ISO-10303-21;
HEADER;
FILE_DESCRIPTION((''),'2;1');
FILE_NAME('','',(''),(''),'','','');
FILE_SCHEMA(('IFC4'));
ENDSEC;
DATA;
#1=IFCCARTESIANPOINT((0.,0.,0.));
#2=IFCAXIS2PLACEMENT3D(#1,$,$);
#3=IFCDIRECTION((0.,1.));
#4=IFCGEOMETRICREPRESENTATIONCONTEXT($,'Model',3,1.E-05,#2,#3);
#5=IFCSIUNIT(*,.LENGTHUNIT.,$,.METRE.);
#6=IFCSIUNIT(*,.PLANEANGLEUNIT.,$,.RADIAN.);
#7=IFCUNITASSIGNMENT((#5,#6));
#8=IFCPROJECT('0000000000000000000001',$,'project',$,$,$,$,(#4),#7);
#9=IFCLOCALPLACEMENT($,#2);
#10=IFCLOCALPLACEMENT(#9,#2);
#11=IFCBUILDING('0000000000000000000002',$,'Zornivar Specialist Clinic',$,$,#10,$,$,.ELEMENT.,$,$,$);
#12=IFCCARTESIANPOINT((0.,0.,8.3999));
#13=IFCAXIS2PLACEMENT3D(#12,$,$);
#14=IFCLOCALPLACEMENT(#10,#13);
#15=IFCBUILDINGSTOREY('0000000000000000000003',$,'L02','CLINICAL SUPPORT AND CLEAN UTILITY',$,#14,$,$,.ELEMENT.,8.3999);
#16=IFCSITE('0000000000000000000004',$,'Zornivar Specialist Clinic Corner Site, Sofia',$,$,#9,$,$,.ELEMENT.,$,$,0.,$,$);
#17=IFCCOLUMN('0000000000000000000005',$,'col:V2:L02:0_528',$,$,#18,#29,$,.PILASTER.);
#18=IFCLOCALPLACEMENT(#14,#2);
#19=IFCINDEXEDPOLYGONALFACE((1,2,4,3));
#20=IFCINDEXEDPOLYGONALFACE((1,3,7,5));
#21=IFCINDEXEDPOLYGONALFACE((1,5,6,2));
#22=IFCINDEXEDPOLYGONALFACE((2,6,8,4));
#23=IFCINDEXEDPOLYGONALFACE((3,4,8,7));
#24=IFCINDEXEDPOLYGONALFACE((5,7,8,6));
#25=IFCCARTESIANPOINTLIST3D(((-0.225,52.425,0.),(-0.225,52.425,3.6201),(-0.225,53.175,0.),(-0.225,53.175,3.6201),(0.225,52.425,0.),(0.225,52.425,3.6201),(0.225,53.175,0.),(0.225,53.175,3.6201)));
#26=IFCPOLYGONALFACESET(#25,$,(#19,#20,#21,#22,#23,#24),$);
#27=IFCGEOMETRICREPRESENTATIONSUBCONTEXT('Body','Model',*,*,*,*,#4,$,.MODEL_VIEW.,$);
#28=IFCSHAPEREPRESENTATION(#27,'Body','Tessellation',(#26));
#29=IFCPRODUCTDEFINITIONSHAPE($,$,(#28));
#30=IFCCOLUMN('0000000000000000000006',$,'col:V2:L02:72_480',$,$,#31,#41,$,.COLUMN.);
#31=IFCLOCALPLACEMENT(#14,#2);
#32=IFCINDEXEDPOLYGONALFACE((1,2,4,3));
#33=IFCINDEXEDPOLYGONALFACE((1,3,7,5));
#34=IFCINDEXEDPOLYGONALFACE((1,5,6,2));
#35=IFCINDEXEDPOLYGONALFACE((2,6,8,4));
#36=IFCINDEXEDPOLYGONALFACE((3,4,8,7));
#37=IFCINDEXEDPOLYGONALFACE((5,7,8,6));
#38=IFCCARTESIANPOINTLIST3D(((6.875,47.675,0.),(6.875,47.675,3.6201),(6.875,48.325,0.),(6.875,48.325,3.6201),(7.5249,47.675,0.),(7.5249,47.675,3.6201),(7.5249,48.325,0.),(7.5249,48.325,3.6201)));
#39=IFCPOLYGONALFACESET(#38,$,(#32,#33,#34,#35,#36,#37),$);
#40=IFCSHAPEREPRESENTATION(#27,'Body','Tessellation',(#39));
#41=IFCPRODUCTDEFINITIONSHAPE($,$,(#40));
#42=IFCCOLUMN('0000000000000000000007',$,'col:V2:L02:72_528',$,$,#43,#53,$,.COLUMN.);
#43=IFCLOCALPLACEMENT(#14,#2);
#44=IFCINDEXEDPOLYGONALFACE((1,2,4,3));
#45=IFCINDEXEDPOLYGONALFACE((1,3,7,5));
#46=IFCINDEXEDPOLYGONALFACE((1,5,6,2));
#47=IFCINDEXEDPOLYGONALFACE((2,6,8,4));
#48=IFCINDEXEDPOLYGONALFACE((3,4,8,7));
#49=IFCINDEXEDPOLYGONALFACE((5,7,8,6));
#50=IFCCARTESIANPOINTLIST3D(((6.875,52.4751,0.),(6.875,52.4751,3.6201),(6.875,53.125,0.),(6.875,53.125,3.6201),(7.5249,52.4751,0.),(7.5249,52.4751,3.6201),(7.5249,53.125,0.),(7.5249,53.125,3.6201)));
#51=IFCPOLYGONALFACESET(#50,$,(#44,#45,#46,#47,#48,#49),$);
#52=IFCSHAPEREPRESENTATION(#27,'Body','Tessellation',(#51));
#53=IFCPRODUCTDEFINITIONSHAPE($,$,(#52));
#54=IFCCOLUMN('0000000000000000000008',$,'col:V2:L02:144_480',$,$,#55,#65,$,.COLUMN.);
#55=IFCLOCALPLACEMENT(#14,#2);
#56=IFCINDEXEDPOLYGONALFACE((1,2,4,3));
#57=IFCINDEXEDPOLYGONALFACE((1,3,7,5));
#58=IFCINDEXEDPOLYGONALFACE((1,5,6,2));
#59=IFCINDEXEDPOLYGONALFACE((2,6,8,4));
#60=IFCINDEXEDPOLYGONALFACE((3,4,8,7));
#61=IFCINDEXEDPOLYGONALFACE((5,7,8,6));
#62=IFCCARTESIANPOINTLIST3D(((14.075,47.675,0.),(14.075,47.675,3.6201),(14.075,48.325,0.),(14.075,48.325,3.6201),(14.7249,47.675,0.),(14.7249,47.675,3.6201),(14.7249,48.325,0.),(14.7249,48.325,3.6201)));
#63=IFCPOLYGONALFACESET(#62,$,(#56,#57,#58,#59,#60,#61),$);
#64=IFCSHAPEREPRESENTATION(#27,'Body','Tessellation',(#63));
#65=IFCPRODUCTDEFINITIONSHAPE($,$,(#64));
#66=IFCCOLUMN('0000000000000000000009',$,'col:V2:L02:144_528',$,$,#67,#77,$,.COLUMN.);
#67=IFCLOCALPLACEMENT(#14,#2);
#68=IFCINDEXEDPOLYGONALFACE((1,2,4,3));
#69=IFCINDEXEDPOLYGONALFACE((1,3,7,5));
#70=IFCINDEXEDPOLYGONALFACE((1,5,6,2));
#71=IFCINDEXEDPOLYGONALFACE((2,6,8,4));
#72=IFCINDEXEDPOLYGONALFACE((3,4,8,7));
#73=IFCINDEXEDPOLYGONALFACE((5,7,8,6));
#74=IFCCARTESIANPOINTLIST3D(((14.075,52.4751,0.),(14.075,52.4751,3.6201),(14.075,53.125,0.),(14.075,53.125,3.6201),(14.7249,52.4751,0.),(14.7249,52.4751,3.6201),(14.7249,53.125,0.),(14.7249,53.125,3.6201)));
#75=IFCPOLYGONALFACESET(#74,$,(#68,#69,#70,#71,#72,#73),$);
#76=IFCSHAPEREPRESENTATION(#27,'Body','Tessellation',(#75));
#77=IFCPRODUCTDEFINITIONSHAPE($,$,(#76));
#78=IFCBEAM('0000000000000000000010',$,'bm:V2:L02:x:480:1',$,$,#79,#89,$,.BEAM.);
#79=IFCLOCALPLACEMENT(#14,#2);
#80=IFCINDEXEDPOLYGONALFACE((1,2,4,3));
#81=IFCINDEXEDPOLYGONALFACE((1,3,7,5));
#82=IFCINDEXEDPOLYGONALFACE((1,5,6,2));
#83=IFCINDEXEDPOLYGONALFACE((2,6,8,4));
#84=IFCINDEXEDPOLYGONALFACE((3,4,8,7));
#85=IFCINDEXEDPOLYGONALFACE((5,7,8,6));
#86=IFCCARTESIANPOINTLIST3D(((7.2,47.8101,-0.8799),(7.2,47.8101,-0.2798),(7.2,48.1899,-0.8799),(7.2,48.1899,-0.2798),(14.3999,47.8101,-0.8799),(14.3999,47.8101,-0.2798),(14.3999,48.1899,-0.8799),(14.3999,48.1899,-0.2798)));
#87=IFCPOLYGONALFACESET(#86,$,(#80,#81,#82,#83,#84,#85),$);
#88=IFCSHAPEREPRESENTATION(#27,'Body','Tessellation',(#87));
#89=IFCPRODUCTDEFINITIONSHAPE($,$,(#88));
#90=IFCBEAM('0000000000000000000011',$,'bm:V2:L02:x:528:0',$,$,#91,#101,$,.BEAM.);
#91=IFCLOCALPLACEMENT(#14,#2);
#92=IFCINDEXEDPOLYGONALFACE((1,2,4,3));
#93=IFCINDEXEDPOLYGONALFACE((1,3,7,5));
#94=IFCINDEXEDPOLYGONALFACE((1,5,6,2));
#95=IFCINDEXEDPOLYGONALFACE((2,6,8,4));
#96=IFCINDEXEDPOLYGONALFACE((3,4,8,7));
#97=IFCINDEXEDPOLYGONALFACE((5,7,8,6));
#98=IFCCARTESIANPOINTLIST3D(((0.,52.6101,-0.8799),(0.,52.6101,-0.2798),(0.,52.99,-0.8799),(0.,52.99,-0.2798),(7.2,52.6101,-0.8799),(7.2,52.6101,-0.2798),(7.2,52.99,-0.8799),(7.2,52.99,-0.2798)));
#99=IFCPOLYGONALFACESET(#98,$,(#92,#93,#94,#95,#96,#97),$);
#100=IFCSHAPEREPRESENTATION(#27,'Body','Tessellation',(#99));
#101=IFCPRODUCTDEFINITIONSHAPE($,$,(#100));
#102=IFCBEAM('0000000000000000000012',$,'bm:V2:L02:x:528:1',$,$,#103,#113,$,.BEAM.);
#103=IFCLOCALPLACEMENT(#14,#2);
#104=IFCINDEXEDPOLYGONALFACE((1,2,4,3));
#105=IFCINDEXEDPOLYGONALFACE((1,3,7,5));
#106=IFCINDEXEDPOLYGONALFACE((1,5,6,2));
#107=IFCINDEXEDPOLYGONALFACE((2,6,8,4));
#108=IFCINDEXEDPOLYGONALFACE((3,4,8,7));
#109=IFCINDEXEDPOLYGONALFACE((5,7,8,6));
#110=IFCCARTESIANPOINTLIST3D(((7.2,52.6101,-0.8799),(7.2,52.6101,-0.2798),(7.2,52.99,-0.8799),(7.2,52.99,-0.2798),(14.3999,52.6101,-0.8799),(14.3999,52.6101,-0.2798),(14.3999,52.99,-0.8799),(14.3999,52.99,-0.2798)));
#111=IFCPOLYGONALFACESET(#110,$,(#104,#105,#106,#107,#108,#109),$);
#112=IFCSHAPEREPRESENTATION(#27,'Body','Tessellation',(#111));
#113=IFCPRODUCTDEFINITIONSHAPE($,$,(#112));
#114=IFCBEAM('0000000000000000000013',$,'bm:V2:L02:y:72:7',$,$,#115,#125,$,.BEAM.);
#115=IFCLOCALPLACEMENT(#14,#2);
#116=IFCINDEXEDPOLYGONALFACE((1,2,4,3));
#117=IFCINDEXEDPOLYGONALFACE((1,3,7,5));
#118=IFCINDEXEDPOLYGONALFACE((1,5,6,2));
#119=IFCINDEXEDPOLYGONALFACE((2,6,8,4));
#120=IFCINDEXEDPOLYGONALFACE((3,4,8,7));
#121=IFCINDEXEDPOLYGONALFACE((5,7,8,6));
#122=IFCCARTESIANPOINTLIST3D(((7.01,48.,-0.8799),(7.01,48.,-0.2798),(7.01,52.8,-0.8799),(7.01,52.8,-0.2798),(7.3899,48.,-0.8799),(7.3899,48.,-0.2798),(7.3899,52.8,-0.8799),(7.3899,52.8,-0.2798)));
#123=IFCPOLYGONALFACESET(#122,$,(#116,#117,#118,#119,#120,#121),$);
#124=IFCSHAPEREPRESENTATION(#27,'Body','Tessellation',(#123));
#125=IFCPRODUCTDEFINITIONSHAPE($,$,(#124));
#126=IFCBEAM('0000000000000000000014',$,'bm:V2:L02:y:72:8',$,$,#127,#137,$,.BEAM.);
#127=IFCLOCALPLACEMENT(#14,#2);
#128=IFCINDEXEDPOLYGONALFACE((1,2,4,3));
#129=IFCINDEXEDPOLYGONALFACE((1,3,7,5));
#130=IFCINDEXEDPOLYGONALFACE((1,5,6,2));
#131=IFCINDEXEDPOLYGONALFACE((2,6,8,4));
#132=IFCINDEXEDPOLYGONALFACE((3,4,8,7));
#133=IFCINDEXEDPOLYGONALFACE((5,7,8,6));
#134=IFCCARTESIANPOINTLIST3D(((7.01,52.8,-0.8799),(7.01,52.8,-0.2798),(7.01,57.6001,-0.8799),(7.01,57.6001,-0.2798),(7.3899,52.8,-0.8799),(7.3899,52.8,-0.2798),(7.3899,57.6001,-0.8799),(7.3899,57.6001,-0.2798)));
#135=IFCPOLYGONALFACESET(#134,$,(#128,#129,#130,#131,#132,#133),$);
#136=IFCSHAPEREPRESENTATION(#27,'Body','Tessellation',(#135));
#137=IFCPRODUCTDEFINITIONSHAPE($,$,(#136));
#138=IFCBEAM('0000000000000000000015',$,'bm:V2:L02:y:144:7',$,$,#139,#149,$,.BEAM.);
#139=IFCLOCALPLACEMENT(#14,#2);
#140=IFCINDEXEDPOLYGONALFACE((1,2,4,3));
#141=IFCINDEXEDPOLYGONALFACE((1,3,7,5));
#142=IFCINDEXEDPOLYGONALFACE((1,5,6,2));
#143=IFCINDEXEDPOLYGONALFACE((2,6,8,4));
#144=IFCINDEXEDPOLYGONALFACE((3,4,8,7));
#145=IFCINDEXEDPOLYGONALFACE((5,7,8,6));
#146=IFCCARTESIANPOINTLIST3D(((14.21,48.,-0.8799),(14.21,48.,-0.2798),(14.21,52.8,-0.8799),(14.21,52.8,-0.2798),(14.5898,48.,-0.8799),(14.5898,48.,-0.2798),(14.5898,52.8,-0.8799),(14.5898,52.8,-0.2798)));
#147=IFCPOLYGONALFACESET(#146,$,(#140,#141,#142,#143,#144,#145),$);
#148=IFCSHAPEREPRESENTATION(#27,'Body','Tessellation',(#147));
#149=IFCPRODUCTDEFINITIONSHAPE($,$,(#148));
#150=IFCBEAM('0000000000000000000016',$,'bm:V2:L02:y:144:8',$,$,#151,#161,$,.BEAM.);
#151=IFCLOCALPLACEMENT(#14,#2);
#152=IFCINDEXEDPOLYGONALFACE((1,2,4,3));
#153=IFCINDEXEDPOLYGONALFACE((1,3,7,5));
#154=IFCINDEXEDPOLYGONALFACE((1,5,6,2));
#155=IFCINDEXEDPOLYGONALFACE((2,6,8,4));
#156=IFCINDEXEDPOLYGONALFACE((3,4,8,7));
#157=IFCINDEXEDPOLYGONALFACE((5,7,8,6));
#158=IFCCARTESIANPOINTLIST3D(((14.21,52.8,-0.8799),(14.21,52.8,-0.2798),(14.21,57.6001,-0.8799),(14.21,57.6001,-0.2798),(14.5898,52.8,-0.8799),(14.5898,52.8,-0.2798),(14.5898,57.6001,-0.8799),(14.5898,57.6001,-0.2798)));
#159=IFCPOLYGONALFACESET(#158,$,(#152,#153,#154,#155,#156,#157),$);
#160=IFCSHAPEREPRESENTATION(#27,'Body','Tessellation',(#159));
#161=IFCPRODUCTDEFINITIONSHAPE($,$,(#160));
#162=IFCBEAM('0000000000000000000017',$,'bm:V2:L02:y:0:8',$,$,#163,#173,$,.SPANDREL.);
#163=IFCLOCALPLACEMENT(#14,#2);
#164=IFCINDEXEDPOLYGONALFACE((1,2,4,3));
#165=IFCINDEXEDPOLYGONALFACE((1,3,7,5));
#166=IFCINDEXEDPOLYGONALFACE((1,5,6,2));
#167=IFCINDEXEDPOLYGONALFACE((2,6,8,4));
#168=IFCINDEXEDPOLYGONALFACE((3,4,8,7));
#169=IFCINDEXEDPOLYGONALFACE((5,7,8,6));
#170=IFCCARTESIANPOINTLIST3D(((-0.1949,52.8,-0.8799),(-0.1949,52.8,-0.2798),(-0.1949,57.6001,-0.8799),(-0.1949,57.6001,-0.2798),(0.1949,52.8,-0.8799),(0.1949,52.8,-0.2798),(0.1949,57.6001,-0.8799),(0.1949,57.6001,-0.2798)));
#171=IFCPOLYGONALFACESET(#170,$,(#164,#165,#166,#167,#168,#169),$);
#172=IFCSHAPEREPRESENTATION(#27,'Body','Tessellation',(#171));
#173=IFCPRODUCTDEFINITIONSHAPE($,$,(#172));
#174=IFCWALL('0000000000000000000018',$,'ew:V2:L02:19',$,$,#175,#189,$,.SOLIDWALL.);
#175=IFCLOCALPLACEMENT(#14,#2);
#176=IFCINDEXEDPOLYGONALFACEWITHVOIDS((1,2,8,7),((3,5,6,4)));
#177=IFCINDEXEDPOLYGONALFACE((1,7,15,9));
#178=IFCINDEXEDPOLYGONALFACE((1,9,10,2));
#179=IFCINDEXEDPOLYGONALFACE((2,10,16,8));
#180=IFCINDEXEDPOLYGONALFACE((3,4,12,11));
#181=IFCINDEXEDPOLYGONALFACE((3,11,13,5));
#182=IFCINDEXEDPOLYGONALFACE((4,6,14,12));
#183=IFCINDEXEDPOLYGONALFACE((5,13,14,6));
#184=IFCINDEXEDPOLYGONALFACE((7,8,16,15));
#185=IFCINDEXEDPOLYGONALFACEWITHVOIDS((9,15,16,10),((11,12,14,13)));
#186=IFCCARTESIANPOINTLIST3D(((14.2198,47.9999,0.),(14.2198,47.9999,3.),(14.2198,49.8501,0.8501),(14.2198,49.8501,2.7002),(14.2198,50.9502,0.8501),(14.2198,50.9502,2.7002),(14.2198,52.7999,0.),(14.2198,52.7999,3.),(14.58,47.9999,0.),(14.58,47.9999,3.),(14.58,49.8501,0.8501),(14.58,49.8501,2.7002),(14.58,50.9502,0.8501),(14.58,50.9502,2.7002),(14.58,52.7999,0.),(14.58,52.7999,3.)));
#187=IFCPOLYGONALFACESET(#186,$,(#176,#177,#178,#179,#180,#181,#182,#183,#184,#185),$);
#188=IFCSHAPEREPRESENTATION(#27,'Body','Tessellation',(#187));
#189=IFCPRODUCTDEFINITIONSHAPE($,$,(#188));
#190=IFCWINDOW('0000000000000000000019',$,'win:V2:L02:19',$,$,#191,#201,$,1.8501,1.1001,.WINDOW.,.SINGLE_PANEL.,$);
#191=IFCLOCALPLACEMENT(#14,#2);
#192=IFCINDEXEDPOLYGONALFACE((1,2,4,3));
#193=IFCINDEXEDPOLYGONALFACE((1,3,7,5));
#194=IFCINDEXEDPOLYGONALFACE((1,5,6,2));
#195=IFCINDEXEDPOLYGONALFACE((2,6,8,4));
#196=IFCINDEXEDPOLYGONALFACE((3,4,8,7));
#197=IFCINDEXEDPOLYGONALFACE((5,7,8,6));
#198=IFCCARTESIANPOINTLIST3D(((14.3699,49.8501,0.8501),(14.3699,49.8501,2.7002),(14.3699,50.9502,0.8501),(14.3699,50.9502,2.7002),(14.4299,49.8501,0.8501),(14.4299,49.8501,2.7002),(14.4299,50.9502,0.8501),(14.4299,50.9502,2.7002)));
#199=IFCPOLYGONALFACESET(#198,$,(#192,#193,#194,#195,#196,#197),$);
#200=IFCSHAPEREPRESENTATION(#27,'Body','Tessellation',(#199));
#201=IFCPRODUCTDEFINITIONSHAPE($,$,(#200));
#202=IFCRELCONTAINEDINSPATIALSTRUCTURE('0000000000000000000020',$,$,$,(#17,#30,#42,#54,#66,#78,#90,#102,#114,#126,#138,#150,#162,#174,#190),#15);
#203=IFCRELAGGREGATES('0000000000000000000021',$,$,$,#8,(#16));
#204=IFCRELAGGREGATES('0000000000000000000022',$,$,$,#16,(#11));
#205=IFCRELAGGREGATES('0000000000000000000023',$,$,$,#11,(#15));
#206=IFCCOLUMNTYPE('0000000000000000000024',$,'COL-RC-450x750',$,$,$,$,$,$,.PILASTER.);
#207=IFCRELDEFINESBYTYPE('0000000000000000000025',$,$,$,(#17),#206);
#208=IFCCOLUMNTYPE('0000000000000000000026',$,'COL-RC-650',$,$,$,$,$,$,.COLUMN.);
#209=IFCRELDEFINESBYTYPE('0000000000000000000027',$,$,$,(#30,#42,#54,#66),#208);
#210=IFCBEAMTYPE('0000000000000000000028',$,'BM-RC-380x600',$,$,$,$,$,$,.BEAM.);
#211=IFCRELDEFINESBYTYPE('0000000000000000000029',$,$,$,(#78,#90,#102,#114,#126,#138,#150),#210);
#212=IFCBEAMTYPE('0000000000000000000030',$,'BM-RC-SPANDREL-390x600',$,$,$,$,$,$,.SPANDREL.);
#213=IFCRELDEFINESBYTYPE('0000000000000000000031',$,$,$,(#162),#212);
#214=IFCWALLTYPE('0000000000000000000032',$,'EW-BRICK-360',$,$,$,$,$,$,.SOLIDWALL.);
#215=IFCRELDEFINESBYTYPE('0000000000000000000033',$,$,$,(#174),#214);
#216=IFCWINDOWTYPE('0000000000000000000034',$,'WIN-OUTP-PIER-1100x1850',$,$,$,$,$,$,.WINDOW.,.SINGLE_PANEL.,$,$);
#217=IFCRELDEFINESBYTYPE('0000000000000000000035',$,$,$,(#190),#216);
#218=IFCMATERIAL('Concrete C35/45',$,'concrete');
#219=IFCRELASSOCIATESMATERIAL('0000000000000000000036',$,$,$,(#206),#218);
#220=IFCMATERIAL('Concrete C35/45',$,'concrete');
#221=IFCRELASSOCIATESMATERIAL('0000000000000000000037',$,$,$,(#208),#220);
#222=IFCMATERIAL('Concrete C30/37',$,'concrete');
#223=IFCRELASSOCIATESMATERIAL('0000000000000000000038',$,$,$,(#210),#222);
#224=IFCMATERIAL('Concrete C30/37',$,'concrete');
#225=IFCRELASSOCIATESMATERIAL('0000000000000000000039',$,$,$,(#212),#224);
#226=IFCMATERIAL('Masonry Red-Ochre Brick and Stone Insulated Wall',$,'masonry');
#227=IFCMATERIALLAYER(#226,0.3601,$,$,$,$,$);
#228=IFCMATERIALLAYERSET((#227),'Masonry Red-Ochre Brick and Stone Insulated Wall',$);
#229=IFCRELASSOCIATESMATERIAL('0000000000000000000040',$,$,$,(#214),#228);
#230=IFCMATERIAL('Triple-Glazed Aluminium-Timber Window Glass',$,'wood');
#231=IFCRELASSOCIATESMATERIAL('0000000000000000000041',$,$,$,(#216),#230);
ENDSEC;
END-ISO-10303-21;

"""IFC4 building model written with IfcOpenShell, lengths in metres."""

from ifc_helpers import new_model, si_unit, direction, frame, frame_2d, origin, origin_2d, place, context, subcontext, project, spatial, rectangle, extrude, material, layer, layer_set, material_profile, profile_set, type_object, element, fill, save


model = new_model("IFC4")

# Units and contexts
model_context = context("Model", 3, precision=1e-05, world=origin(), true_north=direction((0.0, 1.0)))
body_context = subcontext(model_context, "Body", "Model", "MODEL_VIEW")
ifc_project = project(units=[si_unit("LENGTHUNIT", "METRE"), si_unit("PLANEANGLEUNIT", "RADIAN")], contexts=[model_context])

# Site, building, storey
site_placement = place(None, origin())
site = spatial("IfcSite", under=ifc_project, at=site_placement, Name="Zornivar Specialist Clinic Corner Site, Sofia", CompositionType="ELEMENT", RefElevation=0.0)
building_placement = place(site_placement, origin())
building = spatial("IfcBuilding", under=site, at=building_placement, Name="Zornivar Specialist Clinic", CompositionType="ELEMENT")
storey_placement = place(building_placement, frame((0.0, 0.0, 8.3999)))
storey = spatial("IfcBuildingStorey", under=building, at=storey_placement, Name="L02", Description="CLINICAL SUPPORT AND CLEAN UTILITY", CompositionType="ELEMENT", Elevation=8.3999)

# Columns
ifc_material_1 = material(Name="Concrete C35/45", Category="concrete")
ifc_material_profile_1 = material_profile(ifc_material_1, rectangle(XDim=0.45, YDim=0.75, at=origin_2d()), Name="RC 450x750")
ifc_profile_set_1 = profile_set([ifc_material_profile_1], Name="Concrete C35/45")
column_type_1 = type_object("IfcColumnType", Name="COL-RC-450x750", PredefinedType="PILASTER", material=ifc_profile_set_1)
column_placement = place(storey_placement, frame((0.0, 52.8, 0.0), z_axis=(0.0, 0.0, 1.0), x_axis=(1.0, 0.0, 0.0)))
element("IfcColumn", 1, at=column_placement, inside=storey, type_object=column_type_1, Name="col:V2:L02:0_528", PredefinedType="PILASTER", context=body_context, shape_type="SweptSolid", body=[
    extrude(rectangle(XDim=0.45, YDim=0.75, at=origin_2d()), origin(), (0.0, 0.0, 1.0), 3.6201),
])
ifc_material_2 = material(Name="Concrete C35/45", Category="concrete")
ifc_material_profile_2 = material_profile(ifc_material_2, rectangle(XDim=0.6499, YDim=0.6499, at=origin_2d()), Name="RC 650x650")
ifc_profile_set_2 = profile_set([ifc_material_profile_2], Name="Concrete C35/45")
column_type_2 = type_object("IfcColumnType", Name="COL-RC-650", PredefinedType="COLUMN", material=ifc_profile_set_2)
for number, where, z_axis, x_axis, name in (
    (2, (7.2, 48.0, 0.0), (0.0, 0.0, 1.0), (1.0, 0.0, 0.0), "col:V2:L02:72_480"),
    (3, (7.2, 52.8, 0.0), (0.0, 0.0, 1.0), (1.0, 0.0, 0.0), "col:V2:L02:72_528"),
    (4, (14.3999, 48.0, 0.0), (0.0, 0.0, 1.0), (1.0, 0.0, 0.0), "col:V2:L02:144_480"),
    (5, (14.3999, 52.8, 0.0), (0.0, 0.0, 1.0), (1.0, 0.0, 0.0), "col:V2:L02:144_528"),
):
    element("IfcColumn", number, at=place(storey_placement, frame(where, z_axis=z_axis, x_axis=x_axis)), inside=storey, type_object=column_type_2, Name=name, PredefinedType="COLUMN", context=body_context, shape_type="SweptSolid", body=[
        extrude(rectangle(XDim=0.6499, YDim=0.6499, at=origin_2d()), origin(), (0.0, 0.0, 1.0), 3.6201),
    ])

# Beams
ifc_material_3 = material(Name="Concrete C30/37", Category="concrete")
ifc_material_profile_3 = material_profile(ifc_material_3, rectangle(XDim=0.3799, YDim=0.6001, at=origin_2d()), Name="RC 380x600")
ifc_profile_set_3 = profile_set([ifc_material_profile_3], Name="Concrete C30/37")
beam_type_1 = type_object("IfcBeamType", Name="BM-RC-380x600", PredefinedType="BEAM", material=ifc_profile_set_3)
for number, where, z_axis, x_axis, name in (
    (6, (7.2, 48.0, -0.5798), (1.0, 0.0, 0.0), (0.0, 1.0, 0.0), "bm:V2:L02:x:480:1"),
    (7, (0.0, 52.8, -0.5798), (1.0, 0.0, 0.0), (0.0, 1.0, 0.0), "bm:V2:L02:x:528:0"),
    (8, (7.2, 52.8, -0.5798), (1.0, 0.0, 0.0), (0.0, 1.0, 0.0), "bm:V2:L02:x:528:1"),
):
    element("IfcBeam", number, at=place(storey_placement, frame(where, z_axis=z_axis, x_axis=x_axis)), inside=storey, type_object=beam_type_1, Name=name, PredefinedType="BEAM", context=body_context, shape_type="SweptSolid", body=[
        extrude(rectangle(XDim=0.3799, YDim=0.6001, at=origin_2d()), origin(), (0.0, 0.0, 1.0), 7.2),
    ])
for number, where, z_axis, x_axis, name in (
    (9, (7.2, 48.0, -0.5798), (0.0, 1.0, 0.0), (-1.0, 0.0, 0.0), "bm:V2:L02:y:72:7"),
    (10, (7.2, 52.8, -0.5798), (0.0, 1.0, 0.0), (-1.0, 0.0, 0.0), "bm:V2:L02:y:72:8"),
    (11, (14.3999, 48.0, -0.5798), (0.0, 1.0, 0.0), (-1.0, 0.0, 0.0), "bm:V2:L02:y:144:7"),
    (12, (14.3999, 52.8, -0.5798), (0.0, 1.0, 0.0), (-1.0, 0.0, 0.0), "bm:V2:L02:y:144:8"),
):
    element("IfcBeam", number, at=place(storey_placement, frame(where, z_axis=z_axis, x_axis=x_axis)), inside=storey, type_object=beam_type_1, Name=name, PredefinedType="BEAM", context=body_context, shape_type="SweptSolid", body=[
        extrude(rectangle(XDim=0.3799, YDim=0.6001, at=origin_2d()), origin(), (0.0, 0.0, 1.0), 4.8),
    ])
ifc_material_4 = material(Name="Concrete C30/37", Category="concrete")
ifc_material_profile_4 = material_profile(ifc_material_4, rectangle(XDim=0.3899, YDim=0.6001, at=origin_2d()), Name="RC 390x600")
ifc_profile_set_4 = profile_set([ifc_material_profile_4], Name="Concrete C30/37")
beam_type_2 = type_object("IfcBeamType", Name="BM-RC-SPANDREL-390x600", PredefinedType="SPANDREL", material=ifc_profile_set_4)
beam_placement = place(storey_placement, frame((0.0, 52.8, -0.5798), z_axis=(0.0, 1.0, 0.0), x_axis=(-1.0, 0.0, 0.0)))
element("IfcBeam", 13, at=beam_placement, inside=storey, type_object=beam_type_2, Name="bm:V2:L02:y:0:8", PredefinedType="SPANDREL", context=body_context, shape_type="SweptSolid", body=[
    extrude(rectangle(XDim=0.3899, YDim=0.6001, at=origin_2d()), origin(), (0.0, 0.0, 1.0), 4.8),
])

# Wall, opening, window
ifc_material_5 = material(Name="Masonry Red-Ochre Brick and Stone Insulated Wall", Category="masonry")
ifc_layer_1 = layer(ifc_material_5, 0.3601)
ifc_layer_set_1 = layer_set([ifc_layer_1], Name="Masonry Red-Ochre Brick and Stone Insulated Wall")
wall_type_1 = type_object("IfcWallType", Name="EW-BRICK-360", PredefinedType="SOLIDWALL", material=ifc_layer_set_1)
wall_1_placement = place(storey_placement, frame((14.3999, 48.0, 0.0), z_axis=(0.0, 0.0, 1.0), x_axis=(0.0, 1.0, 0.0)))
wall_1 = element("IfcWall", 14, at=wall_1_placement, inside=storey, type_object=wall_type_1, Name="ew:V2:L02:19", PredefinedType="SOLIDWALL", context=body_context, shape_type="SweptSolid", body=[
    extrude(rectangle(XDim=4.8, YDim=0.3601, at=frame_2d((2.3999, 0.0))), origin(), (0.0, 0.0, 1.0), 3.0),
])
opening_1_placement = place(wall_1_placement, frame((1.8501, 0.0, 0.8501)))
opening_1 = element("IfcOpeningElement", 15, at=opening_1_placement, cuts=wall_1, PredefinedType="OPENING", context=body_context, shape_type="SweptSolid", body=[
    extrude(rectangle(XDim=1.1001, YDim=1.8501, at=frame_2d((0.55, 0.925))), frame((0.0, 0.1899, 0.0), z_axis=(0.0, -1.0, 0.0), x_axis=(1.0, 0.0, 0.0)), (0.0, 0.0, 1.0), 0.3801),
])
ifc_material_6 = material(Name="Triple-Glazed Aluminium-Timber Window Glass", Category="wood")
window_type_1 = type_object("IfcWindowType", Name="WIN-OUTP-PIER-1100x1850", PartitioningType="SINGLE_PANEL", PredefinedType="WINDOW", material=ifc_material_6)
window_1_placement = place(opening_1_placement, origin())
window_1 = element("IfcWindow", 16, at=window_1_placement, inside=storey, type_object=window_type_1, Name="win:V2:L02:19", OverallHeight=1.8501, OverallWidth=1.1001, PartitioningType="SINGLE_PANEL", PredefinedType="WINDOW", context=body_context, shape_type="SweptSolid", body=[
    extrude(rectangle(XDim=1.1001, YDim=1.8501, at=frame_2d((0.55, 0.925))), frame((0.0, 0.03, 0.0), z_axis=(0.0, -1.0, 0.0), x_axis=(1.0, 0.0, 0.0)), (0.0, 0.0, 1.0), 0.0601),
])
fill(opening_1, window_1)

save(model, "model.ifc")
